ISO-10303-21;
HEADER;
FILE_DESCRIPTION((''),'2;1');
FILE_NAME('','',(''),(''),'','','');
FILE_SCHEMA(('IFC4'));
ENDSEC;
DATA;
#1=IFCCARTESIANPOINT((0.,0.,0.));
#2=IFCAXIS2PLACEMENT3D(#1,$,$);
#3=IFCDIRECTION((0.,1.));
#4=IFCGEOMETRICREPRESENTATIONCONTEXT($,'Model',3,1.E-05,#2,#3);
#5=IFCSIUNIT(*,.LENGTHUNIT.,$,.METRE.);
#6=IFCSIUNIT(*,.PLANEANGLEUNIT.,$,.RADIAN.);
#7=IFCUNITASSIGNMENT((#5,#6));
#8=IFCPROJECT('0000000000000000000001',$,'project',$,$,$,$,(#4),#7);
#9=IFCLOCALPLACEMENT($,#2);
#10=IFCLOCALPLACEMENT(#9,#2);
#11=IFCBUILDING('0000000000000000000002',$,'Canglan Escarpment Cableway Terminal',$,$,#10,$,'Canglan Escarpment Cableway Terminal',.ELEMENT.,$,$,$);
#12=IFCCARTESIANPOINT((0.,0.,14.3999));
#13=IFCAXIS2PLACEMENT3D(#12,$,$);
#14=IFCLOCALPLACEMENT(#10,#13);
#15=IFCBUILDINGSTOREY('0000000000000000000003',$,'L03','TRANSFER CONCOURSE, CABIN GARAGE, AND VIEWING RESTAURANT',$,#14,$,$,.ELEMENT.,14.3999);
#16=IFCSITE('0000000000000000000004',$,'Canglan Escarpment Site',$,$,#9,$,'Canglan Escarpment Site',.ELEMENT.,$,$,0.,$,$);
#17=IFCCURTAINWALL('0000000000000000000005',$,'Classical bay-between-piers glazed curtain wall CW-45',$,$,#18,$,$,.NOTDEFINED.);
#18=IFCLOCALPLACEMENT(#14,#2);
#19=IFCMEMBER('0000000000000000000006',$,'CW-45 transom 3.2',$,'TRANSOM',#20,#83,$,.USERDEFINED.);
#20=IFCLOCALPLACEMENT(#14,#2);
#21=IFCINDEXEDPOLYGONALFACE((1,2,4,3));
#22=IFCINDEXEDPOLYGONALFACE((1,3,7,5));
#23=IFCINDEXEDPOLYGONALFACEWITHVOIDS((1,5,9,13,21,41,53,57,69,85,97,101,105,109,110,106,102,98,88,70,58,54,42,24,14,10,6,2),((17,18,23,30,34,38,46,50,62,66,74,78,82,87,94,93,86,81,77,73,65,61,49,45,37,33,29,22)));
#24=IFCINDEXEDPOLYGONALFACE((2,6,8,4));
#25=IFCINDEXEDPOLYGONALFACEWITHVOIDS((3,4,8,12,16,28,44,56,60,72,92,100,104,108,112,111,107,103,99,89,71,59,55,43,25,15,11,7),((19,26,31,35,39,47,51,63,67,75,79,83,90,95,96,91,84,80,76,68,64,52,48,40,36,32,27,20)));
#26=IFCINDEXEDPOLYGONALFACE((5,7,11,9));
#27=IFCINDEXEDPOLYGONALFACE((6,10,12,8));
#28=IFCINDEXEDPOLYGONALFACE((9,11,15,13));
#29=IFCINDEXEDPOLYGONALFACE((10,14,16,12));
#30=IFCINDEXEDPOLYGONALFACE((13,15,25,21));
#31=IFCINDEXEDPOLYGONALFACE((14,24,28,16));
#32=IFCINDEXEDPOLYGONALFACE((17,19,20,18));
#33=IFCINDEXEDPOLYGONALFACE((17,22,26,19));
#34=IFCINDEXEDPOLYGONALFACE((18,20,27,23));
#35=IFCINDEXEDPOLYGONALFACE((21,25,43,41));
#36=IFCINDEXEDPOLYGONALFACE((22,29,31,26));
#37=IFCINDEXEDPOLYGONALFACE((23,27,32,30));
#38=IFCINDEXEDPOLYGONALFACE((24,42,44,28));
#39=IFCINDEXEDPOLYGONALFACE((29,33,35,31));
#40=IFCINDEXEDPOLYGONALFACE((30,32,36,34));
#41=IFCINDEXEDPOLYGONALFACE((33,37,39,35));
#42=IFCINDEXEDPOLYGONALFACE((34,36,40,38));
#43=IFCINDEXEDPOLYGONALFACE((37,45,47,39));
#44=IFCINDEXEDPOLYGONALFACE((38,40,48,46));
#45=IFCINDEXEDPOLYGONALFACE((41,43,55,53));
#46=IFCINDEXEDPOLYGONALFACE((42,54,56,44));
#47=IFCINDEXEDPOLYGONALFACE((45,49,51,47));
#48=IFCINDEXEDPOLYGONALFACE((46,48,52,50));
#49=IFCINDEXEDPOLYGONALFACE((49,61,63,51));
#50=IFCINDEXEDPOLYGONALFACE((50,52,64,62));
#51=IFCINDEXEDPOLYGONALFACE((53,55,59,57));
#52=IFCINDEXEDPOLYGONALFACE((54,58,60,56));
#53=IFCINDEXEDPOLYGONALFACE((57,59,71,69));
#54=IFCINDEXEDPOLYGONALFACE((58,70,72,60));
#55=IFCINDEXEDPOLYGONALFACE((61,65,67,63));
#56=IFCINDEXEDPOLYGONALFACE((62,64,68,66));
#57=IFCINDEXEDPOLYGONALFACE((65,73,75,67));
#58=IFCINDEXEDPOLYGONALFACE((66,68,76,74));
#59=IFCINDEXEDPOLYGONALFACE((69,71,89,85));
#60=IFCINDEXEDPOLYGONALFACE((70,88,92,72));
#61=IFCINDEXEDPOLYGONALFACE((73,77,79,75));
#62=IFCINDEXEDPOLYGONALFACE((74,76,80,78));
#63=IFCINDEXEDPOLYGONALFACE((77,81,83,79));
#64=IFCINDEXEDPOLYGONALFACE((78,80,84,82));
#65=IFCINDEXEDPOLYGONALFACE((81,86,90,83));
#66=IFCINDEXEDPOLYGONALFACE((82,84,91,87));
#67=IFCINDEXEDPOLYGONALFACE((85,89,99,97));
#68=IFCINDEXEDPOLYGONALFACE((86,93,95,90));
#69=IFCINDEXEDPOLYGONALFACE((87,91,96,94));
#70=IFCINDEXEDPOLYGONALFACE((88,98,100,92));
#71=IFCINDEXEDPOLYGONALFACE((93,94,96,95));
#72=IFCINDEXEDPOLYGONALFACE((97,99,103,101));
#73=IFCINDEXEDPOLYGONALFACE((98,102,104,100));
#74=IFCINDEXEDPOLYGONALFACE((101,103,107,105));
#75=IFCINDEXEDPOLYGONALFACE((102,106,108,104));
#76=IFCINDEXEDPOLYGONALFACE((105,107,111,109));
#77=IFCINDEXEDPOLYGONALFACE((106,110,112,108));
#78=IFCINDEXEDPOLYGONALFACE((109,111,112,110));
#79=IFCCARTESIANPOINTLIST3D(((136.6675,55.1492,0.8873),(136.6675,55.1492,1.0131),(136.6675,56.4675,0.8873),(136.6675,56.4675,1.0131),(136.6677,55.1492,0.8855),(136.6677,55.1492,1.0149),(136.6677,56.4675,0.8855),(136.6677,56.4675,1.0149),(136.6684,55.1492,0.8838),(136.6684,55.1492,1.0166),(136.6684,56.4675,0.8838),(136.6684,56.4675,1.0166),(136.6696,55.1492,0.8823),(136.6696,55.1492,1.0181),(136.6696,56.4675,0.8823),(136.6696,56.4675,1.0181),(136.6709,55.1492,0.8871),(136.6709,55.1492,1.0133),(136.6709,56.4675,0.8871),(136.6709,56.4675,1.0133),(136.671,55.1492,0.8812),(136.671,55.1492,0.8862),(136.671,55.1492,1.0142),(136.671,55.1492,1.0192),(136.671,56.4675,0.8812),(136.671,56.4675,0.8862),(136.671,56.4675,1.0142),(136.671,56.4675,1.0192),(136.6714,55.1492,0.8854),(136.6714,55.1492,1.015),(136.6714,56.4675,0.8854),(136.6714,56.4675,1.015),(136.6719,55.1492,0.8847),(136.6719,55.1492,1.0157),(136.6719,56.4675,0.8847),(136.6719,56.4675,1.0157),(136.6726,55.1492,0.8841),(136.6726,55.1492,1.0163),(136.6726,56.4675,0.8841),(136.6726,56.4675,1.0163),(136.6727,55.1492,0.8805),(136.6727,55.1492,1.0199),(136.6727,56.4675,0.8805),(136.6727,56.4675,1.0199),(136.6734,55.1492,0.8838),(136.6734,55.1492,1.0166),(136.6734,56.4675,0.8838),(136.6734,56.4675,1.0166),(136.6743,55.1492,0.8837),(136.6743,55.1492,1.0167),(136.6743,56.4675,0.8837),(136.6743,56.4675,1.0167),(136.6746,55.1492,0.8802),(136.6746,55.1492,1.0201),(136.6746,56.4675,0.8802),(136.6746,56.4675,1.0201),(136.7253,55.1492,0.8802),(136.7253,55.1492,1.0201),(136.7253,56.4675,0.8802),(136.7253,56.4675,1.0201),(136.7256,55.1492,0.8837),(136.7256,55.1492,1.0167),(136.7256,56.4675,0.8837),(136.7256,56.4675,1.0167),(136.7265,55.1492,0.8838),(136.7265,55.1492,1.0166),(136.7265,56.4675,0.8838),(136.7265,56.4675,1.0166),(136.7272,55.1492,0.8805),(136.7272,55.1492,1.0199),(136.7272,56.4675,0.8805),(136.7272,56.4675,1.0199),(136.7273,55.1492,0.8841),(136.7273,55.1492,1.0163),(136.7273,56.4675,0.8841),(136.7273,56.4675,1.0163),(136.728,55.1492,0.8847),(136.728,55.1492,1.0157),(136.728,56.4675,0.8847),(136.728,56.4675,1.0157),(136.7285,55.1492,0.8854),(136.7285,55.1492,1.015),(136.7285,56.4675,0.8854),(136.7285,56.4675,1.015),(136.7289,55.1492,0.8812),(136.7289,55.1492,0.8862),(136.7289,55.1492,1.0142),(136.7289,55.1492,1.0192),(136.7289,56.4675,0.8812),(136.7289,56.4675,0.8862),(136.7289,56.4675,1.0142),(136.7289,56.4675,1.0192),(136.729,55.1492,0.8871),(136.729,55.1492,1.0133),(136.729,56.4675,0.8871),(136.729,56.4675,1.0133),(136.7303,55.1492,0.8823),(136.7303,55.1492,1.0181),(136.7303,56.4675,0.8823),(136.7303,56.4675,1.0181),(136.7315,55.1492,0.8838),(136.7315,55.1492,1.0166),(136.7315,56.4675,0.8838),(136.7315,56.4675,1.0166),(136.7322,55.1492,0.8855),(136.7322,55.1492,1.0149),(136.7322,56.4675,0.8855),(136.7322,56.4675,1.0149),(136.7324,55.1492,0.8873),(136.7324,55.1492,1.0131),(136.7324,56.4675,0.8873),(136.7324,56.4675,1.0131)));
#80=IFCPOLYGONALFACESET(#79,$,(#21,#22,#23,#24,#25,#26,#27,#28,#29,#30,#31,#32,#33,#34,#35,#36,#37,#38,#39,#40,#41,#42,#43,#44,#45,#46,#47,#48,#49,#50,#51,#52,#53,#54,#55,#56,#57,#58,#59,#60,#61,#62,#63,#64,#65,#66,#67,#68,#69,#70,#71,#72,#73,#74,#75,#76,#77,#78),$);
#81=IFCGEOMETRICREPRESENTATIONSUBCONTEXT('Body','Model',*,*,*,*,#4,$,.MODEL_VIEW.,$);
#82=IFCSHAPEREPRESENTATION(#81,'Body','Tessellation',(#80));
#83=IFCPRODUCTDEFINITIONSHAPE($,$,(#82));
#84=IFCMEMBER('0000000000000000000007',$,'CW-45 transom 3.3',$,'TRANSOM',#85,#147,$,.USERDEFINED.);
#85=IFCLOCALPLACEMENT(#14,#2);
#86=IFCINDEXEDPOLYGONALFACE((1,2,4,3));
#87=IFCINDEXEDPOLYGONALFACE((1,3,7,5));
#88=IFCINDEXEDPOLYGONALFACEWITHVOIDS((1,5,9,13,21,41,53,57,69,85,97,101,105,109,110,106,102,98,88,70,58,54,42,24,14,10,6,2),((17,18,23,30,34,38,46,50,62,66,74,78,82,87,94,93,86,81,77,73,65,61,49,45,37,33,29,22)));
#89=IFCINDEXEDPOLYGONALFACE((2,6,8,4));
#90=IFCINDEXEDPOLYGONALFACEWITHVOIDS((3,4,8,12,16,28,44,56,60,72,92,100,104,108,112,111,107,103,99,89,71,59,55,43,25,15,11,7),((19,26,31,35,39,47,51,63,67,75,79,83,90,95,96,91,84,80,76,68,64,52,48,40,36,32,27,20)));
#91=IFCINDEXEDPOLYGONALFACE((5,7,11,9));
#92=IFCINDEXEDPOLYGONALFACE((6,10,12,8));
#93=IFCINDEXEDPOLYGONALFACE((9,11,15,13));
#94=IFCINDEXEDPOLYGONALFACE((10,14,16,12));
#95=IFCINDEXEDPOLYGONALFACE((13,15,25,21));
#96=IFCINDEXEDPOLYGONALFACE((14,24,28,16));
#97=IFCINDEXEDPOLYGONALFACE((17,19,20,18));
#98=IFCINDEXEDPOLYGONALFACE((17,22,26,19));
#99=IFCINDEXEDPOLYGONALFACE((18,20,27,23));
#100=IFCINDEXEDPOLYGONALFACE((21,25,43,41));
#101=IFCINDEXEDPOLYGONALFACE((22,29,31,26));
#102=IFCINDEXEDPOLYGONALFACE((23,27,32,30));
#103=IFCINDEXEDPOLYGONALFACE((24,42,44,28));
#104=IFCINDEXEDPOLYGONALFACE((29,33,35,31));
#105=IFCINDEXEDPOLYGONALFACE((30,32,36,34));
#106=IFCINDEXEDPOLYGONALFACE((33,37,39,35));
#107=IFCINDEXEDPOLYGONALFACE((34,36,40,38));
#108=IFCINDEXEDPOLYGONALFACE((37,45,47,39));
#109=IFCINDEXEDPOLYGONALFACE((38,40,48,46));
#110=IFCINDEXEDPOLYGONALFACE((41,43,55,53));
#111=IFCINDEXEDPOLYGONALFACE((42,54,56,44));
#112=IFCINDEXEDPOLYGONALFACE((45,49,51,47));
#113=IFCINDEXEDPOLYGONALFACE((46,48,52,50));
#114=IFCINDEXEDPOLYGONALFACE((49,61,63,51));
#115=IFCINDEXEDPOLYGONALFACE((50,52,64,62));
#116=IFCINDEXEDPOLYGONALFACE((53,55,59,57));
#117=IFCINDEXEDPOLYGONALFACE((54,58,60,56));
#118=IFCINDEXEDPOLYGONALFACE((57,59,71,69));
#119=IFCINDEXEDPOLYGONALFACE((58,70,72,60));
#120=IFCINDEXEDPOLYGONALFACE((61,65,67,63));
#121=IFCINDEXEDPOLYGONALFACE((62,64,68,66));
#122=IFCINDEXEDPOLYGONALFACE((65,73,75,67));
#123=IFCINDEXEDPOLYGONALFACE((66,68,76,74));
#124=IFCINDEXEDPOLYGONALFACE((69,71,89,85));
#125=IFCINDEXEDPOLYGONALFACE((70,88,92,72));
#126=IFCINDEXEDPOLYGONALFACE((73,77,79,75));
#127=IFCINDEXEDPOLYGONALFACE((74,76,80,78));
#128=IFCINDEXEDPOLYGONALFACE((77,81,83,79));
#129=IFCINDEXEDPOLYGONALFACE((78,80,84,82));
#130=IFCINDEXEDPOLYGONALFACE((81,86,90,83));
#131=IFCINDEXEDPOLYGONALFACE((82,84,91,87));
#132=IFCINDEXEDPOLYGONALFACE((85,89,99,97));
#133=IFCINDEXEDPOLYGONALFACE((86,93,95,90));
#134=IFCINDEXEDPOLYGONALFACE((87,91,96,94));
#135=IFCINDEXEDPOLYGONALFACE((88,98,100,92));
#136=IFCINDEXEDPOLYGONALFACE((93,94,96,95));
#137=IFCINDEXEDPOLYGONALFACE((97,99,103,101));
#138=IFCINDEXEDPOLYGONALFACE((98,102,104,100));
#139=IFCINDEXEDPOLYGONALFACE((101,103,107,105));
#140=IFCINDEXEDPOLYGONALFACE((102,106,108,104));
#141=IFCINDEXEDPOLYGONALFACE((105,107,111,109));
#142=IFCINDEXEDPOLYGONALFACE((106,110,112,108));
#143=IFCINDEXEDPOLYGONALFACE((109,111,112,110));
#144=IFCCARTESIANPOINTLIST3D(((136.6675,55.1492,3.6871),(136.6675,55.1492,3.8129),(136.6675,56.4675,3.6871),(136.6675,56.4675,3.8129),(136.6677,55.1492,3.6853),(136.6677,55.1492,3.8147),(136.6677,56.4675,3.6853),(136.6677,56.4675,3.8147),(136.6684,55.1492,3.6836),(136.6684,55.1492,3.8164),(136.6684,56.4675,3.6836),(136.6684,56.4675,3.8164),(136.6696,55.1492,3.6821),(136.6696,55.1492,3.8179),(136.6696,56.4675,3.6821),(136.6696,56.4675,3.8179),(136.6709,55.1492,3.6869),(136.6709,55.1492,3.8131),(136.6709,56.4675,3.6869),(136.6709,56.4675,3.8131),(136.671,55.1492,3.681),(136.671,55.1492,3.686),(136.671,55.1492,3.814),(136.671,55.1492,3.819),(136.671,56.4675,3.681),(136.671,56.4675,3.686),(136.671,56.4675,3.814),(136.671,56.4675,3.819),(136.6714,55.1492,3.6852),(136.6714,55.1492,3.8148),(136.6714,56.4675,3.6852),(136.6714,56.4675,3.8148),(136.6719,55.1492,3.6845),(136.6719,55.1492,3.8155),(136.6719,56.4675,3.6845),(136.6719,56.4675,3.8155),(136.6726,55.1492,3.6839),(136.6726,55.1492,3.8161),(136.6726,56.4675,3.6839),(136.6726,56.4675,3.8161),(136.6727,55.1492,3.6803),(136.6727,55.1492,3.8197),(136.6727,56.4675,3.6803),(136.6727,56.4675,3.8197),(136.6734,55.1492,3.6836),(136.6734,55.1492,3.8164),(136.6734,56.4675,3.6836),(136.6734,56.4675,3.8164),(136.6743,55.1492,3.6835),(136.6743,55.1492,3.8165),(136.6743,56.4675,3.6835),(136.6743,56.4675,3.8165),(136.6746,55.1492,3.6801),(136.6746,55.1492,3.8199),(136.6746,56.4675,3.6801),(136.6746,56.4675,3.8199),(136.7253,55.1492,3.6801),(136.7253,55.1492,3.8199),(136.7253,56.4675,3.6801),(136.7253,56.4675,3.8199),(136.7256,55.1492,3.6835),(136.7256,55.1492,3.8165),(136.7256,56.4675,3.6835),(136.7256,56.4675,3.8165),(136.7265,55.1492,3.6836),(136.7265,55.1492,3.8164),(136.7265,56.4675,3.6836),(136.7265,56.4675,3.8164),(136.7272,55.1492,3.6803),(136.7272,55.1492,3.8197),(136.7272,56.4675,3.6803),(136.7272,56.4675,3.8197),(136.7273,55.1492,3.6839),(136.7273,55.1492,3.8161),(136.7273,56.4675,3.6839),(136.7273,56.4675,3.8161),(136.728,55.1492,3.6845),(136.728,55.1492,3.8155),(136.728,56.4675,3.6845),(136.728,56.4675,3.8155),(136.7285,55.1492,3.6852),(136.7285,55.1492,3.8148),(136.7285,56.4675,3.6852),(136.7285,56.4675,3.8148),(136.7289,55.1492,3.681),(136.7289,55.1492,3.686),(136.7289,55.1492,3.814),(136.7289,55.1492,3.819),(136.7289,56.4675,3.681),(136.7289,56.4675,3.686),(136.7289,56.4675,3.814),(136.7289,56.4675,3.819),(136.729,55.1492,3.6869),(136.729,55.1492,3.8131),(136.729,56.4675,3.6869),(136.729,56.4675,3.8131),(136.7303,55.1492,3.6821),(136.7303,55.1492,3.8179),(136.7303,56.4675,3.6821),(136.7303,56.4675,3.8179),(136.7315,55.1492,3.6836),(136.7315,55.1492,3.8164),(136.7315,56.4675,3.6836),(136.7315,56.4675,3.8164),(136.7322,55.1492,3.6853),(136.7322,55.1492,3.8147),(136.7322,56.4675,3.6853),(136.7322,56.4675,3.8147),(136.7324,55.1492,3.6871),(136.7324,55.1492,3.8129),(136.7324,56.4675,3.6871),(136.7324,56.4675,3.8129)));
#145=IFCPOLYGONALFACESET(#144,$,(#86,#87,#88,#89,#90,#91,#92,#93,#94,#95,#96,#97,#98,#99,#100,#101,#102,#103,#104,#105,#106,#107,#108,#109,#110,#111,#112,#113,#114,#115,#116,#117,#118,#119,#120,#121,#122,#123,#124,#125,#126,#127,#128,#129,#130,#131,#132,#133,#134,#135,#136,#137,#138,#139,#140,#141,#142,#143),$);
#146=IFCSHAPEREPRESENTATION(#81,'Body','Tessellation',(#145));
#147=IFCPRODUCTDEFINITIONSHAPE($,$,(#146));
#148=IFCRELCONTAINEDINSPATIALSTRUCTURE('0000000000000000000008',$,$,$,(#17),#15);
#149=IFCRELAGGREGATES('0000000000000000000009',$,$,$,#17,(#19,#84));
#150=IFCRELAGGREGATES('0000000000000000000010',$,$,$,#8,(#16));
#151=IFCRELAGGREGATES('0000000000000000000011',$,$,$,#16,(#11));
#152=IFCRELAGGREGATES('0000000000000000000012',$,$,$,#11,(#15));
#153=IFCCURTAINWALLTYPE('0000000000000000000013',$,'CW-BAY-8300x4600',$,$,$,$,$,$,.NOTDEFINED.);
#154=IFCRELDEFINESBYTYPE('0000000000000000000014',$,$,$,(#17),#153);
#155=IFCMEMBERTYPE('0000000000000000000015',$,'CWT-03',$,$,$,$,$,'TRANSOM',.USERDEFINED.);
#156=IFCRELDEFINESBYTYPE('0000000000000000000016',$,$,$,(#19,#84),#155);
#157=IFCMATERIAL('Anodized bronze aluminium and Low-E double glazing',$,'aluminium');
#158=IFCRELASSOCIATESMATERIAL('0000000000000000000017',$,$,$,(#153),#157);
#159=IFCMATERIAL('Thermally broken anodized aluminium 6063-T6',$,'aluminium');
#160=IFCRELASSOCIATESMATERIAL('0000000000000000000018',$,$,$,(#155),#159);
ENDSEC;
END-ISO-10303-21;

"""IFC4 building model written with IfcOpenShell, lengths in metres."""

from ifc_helpers import new_model, si_unit, direction, frame, origin, origin_2d, place, context, subcontext, project, spatial, hollow_rectangle, extrude, material, material_profile, profile_set, type_object, element, aggregate, save


model = new_model("IFC4")

# Units and contexts
model_context = context("Model", 3, precision=1e-05, world=origin(), true_north=direction((0.0, 1.0)))
body_context = subcontext(model_context, "Body", "Model", "MODEL_VIEW")
ifc_project = project(units=[si_unit("LENGTHUNIT", "METRE"), si_unit("PLANEANGLEUNIT", "RADIAN")], contexts=[model_context])

# Site, building, storey
site_placement = place(None, origin())
site = spatial("IfcSite", under=ifc_project, at=site_placement, Name="Canglan Escarpment Site", LongName="Canglan Escarpment Site", CompositionType="ELEMENT", RefElevation=0.0)
building_placement = place(site_placement, origin())
building = spatial("IfcBuilding", under=site, at=building_placement, Name="Canglan Escarpment Cableway Terminal", LongName="Canglan Escarpment Cableway Terminal", CompositionType="ELEMENT")
storey_placement = place(building_placement, frame((0.0, 0.0, 14.3999)))
storey = spatial("IfcBuildingStorey", under=building, at=storey_placement, Name="L03", Description="TRANSFER CONCOURSE, CABIN GARAGE, AND VIEWING RESTAURANT", CompositionType="ELEMENT", Elevation=14.3999)

# Curtain wall, members
ifc_material_1 = material(Name="Anodized bronze aluminium and Low-E double glazing", Category="aluminium")
curtain_wall_type = type_object("IfcCurtainWallType", Name="CW-BAY-8300x4600", PredefinedType="NOTDEFINED", material=ifc_material_1)
curtain_wall_placement = place(storey_placement, origin())
curtain_wall = element("IfcCurtainWall", 1, at=curtain_wall_placement, inside=storey, type_object=curtain_wall_type, Name="Classical bay-between-piers glazed curtain wall CW-45", PredefinedType="NOTDEFINED")
ifc_material_2 = material(Name="Thermally broken anodized aluminium 6063-T6", Category="aluminium")
ifc_material_profile_1 = material_profile(ifc_material_2, hollow_rectangle(XDim=0.0649, YDim=0.1399, WallThickness=0.0034, InnerFilletRadius=0.0034, OuterFilletRadius=0.0071, at=origin_2d()), Name="ALU-TRAN 65x140x3.5")
ifc_profile_set_1 = profile_set([ifc_material_profile_1], Name="Thermally broken anodized aluminium 6063-T6")
member_type_1 = type_object("IfcMemberType", Name="CWT-03", ElementType="TRANSOM", PredefinedType="USERDEFINED", material=ifc_profile_set_1)
member_1_placement = place(storey_placement, frame((136.7, 55.1492, 0.9502), z_axis=(0.0, 1.0, 0.0), x_axis=(-1.0, 0.0, 0.0)))
member_1 = element("IfcMember", 2, at=member_1_placement, type_object=member_type_1, Name="CW-45 transom 3.2", ObjectType="TRANSOM", PredefinedType="USERDEFINED", context=body_context, shape_type="SweptSolid", body=[
    extrude(hollow_rectangle(XDim=0.0649, YDim=0.1399, WallThickness=0.0034, InnerFilletRadius=0.0034, OuterFilletRadius=0.0071, at=origin_2d()), origin(), (0.0, 0.0, 1.0), 1.3184),
])
member_2_placement = place(storey_placement, frame((136.7, 55.1492, 3.75), z_axis=(0.0, 1.0, 0.0), x_axis=(-1.0, 0.0, 0.0)))
member_2 = element("IfcMember", 3, at=member_2_placement, type_object=member_type_1, Name="CW-45 transom 3.3", ObjectType="TRANSOM", PredefinedType="USERDEFINED", context=body_context, shape_type="SweptSolid", body=[
    extrude(hollow_rectangle(XDim=0.0649, YDim=0.1399, WallThickness=0.0034, InnerFilletRadius=0.0034, OuterFilletRadius=0.0071, at=origin_2d()), origin(), (0.0, 0.0, 1.0), 1.3184),
])

aggregate(curtain_wall, [member_1, member_2])

save(model, "model.ifc")
